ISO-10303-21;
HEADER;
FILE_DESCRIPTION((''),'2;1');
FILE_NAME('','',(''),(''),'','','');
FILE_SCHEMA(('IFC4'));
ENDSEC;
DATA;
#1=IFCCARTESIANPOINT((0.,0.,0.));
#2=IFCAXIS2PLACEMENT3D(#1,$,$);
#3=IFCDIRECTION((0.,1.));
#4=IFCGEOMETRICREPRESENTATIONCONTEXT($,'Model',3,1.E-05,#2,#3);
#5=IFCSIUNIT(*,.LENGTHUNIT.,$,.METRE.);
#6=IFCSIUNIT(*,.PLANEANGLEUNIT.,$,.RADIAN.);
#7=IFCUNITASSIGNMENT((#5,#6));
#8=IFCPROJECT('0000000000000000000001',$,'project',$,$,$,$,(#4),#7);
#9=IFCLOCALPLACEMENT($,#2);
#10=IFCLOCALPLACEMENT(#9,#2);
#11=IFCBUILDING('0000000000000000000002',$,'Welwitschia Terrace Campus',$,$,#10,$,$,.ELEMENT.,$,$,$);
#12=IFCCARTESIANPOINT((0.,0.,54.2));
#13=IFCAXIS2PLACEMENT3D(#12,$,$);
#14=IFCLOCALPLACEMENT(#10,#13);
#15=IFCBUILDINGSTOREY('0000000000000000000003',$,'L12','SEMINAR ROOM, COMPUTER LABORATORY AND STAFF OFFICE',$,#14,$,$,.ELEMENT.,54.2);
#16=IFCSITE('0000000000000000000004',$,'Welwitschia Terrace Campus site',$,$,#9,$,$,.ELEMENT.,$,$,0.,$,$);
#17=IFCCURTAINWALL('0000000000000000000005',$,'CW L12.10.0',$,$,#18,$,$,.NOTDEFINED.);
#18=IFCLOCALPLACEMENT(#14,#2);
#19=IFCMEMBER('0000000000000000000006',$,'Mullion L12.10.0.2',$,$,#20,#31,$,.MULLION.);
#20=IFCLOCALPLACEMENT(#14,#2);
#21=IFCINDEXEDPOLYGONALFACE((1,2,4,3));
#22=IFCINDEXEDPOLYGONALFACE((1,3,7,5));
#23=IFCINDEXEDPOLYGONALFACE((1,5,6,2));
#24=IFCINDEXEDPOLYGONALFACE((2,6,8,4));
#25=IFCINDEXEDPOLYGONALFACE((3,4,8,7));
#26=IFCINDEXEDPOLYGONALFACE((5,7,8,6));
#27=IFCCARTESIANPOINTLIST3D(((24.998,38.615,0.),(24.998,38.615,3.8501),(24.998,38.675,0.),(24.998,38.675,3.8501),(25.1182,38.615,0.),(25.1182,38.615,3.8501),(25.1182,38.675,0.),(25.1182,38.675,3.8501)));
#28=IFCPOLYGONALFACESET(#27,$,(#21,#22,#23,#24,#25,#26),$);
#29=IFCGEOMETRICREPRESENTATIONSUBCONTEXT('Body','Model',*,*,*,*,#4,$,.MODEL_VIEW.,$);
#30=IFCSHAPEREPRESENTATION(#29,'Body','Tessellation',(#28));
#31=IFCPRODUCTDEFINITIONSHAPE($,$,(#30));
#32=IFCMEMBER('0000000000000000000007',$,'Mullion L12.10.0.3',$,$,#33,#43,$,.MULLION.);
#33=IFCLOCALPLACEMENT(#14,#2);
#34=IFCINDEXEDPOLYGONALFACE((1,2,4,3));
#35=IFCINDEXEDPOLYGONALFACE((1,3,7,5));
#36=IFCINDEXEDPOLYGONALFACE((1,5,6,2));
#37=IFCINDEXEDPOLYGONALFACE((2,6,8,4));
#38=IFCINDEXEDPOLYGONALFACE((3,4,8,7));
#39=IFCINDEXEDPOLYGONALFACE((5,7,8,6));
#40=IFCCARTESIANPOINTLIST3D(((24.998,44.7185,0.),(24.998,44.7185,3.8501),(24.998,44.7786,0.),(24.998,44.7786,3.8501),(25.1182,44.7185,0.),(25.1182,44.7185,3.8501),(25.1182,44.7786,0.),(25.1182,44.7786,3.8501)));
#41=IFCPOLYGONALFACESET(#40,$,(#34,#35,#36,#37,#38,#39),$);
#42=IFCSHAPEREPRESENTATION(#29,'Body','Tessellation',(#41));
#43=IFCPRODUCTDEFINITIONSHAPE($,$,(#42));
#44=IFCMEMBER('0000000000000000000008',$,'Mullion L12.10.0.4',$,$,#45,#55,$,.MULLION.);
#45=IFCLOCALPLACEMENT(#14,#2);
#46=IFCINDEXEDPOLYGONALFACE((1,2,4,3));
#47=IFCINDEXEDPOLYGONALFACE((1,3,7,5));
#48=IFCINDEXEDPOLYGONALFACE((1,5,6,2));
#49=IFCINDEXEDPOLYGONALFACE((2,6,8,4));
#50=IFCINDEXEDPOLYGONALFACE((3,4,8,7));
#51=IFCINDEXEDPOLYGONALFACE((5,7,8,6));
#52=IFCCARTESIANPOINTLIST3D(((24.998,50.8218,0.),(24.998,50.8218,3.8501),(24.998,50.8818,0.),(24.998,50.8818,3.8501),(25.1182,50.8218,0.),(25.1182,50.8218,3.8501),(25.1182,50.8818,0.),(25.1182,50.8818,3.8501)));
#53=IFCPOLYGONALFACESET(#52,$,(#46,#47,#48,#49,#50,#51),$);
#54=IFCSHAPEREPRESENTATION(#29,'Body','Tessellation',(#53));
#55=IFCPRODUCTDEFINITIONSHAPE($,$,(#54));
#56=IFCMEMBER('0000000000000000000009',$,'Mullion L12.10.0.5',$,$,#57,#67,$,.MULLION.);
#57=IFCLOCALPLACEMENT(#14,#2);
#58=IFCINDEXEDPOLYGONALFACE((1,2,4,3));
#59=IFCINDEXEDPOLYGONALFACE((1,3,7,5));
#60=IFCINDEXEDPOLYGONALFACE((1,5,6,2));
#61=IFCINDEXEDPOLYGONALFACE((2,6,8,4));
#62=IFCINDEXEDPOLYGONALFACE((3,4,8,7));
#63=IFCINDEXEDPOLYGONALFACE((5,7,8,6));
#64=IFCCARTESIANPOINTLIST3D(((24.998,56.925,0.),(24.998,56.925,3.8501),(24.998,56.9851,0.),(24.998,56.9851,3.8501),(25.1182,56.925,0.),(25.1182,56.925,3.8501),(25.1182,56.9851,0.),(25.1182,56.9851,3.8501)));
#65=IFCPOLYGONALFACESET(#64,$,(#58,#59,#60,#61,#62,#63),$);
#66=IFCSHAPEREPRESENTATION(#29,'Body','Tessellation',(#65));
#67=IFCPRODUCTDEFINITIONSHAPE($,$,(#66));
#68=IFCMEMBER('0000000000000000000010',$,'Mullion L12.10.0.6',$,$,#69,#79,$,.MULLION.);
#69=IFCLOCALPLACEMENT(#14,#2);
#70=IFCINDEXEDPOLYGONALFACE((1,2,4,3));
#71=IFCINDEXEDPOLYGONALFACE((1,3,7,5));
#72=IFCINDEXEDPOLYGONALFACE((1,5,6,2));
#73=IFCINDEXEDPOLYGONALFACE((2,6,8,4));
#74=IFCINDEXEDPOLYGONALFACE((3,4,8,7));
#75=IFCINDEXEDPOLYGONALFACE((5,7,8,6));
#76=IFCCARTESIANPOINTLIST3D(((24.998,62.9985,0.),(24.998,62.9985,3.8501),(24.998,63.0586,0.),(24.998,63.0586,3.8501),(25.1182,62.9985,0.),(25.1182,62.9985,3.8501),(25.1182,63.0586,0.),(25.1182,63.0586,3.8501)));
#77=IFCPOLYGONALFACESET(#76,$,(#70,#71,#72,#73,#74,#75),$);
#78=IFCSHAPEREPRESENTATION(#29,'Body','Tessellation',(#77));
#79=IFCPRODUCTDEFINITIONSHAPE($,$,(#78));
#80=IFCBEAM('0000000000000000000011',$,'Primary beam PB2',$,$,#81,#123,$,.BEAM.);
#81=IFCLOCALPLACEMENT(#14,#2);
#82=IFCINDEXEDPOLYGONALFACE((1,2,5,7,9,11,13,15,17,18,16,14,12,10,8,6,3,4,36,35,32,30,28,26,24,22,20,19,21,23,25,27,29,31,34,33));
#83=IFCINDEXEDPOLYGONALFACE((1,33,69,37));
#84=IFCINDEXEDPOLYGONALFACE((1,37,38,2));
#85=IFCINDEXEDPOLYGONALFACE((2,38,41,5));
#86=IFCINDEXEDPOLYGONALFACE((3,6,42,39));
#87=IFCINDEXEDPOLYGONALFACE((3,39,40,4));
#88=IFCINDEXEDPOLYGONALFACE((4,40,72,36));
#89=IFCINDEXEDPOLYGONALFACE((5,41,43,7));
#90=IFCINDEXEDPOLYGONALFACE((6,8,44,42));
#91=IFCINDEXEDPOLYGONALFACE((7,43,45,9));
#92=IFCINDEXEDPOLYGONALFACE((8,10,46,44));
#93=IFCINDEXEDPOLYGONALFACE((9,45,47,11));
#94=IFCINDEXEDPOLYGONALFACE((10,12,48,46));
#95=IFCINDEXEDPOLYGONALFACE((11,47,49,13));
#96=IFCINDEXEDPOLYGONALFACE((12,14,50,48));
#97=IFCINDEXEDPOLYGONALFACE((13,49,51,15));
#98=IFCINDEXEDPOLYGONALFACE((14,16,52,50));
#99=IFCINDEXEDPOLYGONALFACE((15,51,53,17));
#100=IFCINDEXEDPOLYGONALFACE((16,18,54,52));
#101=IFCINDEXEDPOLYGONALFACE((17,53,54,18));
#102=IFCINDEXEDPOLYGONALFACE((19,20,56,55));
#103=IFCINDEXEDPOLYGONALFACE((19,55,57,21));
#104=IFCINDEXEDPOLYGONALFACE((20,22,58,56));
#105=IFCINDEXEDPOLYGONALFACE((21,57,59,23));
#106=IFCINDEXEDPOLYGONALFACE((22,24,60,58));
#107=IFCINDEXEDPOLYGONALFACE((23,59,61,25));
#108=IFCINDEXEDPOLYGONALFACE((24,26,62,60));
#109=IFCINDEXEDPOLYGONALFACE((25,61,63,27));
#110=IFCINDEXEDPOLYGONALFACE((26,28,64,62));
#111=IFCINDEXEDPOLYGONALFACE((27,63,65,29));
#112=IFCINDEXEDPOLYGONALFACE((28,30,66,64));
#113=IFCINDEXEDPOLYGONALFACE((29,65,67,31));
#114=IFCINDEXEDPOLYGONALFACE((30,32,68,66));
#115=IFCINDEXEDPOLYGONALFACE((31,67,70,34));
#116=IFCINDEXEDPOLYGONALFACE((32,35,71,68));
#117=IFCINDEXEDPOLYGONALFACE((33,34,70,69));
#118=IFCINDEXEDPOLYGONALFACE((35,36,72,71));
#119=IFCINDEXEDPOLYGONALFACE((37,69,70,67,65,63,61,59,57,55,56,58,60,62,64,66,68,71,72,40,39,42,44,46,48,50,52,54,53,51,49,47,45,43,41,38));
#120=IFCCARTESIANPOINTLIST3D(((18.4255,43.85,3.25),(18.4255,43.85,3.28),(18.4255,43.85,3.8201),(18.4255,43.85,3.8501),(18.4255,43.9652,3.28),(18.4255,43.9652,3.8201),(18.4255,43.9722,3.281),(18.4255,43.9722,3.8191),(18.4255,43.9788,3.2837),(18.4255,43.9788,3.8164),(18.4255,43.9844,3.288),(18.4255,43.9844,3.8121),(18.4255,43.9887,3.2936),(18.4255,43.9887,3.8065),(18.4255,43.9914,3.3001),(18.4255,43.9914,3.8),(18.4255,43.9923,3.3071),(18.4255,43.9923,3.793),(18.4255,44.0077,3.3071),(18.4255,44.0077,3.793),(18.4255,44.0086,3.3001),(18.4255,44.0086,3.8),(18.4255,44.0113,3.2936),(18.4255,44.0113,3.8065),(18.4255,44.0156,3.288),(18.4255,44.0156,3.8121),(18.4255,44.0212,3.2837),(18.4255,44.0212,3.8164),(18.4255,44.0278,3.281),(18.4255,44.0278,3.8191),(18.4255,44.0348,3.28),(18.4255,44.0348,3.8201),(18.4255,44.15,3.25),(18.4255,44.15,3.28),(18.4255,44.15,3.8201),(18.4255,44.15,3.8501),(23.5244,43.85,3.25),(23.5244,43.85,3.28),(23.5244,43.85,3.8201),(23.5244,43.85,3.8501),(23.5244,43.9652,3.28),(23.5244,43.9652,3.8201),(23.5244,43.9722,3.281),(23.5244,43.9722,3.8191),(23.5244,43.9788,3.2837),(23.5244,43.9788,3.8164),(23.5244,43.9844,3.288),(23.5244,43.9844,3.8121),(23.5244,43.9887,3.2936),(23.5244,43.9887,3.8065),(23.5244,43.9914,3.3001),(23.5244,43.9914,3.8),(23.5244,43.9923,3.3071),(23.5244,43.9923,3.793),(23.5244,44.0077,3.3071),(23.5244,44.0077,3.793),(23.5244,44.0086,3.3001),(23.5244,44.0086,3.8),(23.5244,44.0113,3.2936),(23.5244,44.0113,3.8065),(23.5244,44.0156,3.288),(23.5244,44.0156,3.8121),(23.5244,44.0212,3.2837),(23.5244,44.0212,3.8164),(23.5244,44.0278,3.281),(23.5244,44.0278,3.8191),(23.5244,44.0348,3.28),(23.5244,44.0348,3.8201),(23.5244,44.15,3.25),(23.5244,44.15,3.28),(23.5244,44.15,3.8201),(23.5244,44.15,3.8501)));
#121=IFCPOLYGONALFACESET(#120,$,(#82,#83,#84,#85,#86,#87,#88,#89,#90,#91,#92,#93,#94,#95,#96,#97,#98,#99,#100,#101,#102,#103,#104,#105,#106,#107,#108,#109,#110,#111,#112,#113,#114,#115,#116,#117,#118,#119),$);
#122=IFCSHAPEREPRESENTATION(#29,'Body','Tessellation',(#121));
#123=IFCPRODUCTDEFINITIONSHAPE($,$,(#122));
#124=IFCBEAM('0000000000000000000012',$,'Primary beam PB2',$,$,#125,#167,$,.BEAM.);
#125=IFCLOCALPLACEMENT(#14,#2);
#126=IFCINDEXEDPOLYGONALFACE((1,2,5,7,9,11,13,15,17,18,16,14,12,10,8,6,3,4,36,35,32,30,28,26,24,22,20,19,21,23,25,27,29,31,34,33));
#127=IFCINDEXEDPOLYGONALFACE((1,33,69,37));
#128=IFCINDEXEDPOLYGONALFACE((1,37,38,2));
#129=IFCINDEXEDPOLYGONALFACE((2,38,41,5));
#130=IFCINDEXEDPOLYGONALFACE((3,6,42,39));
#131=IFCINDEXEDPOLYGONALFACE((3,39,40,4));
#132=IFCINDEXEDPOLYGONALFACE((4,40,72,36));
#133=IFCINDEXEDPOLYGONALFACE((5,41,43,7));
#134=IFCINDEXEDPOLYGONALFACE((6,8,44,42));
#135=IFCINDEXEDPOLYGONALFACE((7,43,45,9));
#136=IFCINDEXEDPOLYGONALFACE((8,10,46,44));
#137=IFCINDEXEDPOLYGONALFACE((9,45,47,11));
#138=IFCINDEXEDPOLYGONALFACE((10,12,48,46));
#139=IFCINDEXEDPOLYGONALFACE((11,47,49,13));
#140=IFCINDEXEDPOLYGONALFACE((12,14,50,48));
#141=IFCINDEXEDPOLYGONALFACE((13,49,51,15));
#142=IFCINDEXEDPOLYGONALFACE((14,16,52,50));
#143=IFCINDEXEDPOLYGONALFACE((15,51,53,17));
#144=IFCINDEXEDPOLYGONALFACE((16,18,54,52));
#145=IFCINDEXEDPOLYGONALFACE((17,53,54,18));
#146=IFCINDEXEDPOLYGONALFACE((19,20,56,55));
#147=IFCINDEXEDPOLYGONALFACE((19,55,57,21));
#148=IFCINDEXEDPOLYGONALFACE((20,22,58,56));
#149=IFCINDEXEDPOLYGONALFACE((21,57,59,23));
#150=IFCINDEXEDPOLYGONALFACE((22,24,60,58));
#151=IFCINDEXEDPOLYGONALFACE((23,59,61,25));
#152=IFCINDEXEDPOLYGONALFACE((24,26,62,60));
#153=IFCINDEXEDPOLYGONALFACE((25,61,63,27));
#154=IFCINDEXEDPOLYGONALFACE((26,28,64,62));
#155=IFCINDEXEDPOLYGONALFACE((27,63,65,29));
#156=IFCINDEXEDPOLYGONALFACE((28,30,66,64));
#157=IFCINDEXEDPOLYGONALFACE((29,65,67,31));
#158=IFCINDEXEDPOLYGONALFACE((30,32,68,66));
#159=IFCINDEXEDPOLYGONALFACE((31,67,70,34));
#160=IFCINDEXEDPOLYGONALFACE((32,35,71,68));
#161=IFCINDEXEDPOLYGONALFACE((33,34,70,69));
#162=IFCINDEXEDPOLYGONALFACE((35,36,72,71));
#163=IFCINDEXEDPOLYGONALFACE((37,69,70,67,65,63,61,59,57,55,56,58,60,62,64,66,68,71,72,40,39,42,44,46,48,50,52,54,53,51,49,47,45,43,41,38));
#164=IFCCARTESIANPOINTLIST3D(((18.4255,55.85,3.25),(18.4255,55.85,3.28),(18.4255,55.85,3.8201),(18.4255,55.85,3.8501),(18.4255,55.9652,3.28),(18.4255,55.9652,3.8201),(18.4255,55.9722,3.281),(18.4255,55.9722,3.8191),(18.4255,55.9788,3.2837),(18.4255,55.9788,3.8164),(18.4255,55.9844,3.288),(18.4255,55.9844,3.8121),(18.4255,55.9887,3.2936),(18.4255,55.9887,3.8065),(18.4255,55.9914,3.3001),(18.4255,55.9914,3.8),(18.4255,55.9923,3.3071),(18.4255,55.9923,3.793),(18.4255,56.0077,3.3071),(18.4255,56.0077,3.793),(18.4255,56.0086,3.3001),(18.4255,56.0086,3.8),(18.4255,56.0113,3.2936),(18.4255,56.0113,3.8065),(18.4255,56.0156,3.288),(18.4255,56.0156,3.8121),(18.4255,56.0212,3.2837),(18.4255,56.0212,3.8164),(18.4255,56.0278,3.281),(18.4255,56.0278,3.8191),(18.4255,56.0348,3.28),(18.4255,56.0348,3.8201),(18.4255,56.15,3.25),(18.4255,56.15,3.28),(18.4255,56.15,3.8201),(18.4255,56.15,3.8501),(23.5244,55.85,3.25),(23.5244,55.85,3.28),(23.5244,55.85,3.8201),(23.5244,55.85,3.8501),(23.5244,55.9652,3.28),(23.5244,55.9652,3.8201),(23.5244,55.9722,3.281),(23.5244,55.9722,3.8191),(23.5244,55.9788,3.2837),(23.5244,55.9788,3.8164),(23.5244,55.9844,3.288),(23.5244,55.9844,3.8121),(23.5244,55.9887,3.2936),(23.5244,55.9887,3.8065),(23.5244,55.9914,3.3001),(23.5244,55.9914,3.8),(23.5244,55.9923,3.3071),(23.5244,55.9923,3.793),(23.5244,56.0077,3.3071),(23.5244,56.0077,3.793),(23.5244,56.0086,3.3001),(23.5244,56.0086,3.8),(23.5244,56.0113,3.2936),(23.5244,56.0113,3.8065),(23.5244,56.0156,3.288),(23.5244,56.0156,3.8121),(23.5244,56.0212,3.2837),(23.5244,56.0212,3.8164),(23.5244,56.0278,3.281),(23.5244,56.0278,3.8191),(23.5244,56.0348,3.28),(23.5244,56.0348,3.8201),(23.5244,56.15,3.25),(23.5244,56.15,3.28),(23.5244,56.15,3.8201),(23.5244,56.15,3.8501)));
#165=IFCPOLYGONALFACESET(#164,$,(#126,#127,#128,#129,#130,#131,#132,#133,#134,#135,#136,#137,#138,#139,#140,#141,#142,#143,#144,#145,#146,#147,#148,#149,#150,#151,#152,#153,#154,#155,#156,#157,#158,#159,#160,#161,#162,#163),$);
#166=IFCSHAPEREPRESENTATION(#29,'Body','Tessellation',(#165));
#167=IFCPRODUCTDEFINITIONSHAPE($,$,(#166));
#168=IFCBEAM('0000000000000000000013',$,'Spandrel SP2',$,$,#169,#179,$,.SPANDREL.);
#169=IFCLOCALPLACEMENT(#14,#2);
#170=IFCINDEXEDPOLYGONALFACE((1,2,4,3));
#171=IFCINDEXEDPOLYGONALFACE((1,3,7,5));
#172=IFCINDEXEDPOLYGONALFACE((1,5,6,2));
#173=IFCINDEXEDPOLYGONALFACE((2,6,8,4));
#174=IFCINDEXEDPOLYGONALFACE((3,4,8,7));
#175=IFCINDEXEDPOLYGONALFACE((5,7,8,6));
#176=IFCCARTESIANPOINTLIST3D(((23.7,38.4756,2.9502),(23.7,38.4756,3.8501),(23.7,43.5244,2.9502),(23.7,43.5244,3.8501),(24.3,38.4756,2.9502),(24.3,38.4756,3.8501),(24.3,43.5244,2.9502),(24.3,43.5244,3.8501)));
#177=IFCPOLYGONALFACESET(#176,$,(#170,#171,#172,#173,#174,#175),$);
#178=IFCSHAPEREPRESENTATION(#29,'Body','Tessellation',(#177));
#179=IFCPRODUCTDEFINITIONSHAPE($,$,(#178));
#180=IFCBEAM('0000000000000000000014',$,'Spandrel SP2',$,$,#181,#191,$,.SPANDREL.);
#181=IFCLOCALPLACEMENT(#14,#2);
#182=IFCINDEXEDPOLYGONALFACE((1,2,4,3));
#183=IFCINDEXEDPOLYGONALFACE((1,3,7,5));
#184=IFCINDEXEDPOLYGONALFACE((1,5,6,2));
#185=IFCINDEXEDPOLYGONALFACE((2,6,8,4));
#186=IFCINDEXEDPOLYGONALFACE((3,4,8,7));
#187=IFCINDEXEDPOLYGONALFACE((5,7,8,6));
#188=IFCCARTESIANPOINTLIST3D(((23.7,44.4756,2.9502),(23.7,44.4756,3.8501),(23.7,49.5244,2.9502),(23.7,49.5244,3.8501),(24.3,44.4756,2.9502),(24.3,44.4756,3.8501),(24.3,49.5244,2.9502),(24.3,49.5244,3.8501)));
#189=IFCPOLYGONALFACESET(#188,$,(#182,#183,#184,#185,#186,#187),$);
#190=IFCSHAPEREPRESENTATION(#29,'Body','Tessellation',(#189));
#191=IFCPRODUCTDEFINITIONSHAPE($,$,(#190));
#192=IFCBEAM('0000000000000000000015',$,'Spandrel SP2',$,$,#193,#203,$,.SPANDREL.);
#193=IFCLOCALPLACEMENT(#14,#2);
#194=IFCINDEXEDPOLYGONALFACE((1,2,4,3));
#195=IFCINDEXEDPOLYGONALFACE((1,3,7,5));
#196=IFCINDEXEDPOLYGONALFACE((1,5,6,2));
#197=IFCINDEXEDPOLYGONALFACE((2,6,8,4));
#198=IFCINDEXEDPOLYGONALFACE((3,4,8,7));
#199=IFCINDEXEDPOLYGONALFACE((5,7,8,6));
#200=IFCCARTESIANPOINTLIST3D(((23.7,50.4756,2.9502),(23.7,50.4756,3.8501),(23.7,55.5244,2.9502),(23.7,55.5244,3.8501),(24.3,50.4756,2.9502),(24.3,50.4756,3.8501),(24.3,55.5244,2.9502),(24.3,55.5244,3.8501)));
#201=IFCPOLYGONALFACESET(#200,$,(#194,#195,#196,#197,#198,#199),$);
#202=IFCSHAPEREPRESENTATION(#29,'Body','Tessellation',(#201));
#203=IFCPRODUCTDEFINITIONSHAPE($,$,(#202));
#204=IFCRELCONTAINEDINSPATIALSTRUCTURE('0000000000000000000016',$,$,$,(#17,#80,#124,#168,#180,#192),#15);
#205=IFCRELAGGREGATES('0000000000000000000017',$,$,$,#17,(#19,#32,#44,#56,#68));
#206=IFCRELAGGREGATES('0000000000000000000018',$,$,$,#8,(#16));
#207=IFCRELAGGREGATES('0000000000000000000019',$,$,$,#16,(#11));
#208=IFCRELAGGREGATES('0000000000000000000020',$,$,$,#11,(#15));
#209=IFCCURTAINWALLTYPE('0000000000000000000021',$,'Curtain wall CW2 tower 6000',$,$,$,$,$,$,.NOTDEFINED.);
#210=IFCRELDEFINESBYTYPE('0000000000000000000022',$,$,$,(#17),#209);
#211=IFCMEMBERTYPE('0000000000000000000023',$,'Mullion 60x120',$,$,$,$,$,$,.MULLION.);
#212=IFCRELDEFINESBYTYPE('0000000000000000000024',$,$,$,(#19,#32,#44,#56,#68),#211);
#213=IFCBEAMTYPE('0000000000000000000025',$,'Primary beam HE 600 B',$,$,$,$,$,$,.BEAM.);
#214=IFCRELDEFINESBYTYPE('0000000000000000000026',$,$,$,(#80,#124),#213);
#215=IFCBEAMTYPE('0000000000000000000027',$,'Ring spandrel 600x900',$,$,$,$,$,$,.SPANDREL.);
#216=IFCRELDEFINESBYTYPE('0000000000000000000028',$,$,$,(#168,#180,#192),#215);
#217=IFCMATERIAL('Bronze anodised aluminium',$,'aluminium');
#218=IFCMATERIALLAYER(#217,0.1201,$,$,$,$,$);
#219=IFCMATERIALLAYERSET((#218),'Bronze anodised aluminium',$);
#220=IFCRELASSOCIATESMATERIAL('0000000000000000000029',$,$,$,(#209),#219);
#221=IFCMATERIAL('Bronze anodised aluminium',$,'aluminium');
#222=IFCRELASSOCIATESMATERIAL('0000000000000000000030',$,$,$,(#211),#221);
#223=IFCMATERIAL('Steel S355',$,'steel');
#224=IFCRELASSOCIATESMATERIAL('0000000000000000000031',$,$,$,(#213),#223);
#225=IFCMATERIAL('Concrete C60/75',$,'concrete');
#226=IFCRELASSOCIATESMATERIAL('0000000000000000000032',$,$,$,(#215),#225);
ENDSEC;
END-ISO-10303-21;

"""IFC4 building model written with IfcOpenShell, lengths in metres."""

from ifc_helpers import new_model, si_unit, direction, frame, origin, origin_2d, place, context, subcontext, project, spatial, rectangle, i_section, extrude, material, layer, layer_set, material_profile, profile_set, type_object, element, aggregate, save


model = new_model("IFC4")

# Units and contexts
model_context = context("Model", 3, precision=1e-05, world=origin(), true_north=direction((0.0, 1.0)))
body_context = subcontext(model_context, "Body", "Model", "MODEL_VIEW")
ifc_project = project(units=[si_unit("LENGTHUNIT", "METRE"), si_unit("PLANEANGLEUNIT", "RADIAN")], contexts=[model_context])

# Site, building, storey
site_placement = place(None, origin())
site = spatial("IfcSite", under=ifc_project, at=site_placement, Name="Welwitschia Terrace Campus site", CompositionType="ELEMENT", RefElevation=0.0)
building_placement = place(site_placement, origin())
building = spatial("IfcBuilding", under=site, at=building_placement, Name="Welwitschia Terrace Campus", CompositionType="ELEMENT")
storey_placement = place(building_placement, frame((0.0, 0.0, 54.2)))
storey = spatial("IfcBuildingStorey", under=building, at=storey_placement, Name="L12", Description="SEMINAR ROOM, COMPUTER LABORATORY AND STAFF OFFICE", CompositionType="ELEMENT", Elevation=54.2)

# Curtain wall, members
ifc_material_1 = material(Name="Bronze anodised aluminium", Category="aluminium")
ifc_layer_1 = layer(ifc_material_1, 0.1201)
ifc_layer_set_1 = layer_set([ifc_layer_1], Name="Bronze anodised aluminium")
curtain_wall_type = type_object("IfcCurtainWallType", Name="Curtain wall CW2 tower 6000", PredefinedType="NOTDEFINED", material=ifc_layer_set_1)
curtain_wall_placement = place(storey_placement, origin())
curtain_wall = element("IfcCurtainWall", 1, at=curtain_wall_placement, inside=storey, type_object=curtain_wall_type, Name="CW L12.10.0", PredefinedType="NOTDEFINED")
ifc_material_2 = material(Name="Bronze anodised aluminium", Category="aluminium")
ifc_material_profile_1 = material_profile(ifc_material_2, rectangle(XDim=0.1201, YDim=0.0601, at=origin_2d()))
ifc_profile_set_1 = profile_set([ifc_material_profile_1], Name="Bronze anodised aluminium")
member_type = type_object("IfcMemberType", Name="Mullion 60x120", PredefinedType="MULLION", material=ifc_profile_set_1)
member_1_placement = place(storey_placement, frame((25.0581, 38.645, 0.0), z_axis=(0.0, 0.0, 1.0), x_axis=(-1.0, 0.0, 0.0)))
member_1 = element("IfcMember", 2, at=member_1_placement, type_object=member_type, Name="Mullion L12.10.0.2", PredefinedType="MULLION", context=body_context, shape_type="SweptSolid", body=[
    extrude(rectangle(XDim=0.1201, YDim=0.0601, at=origin_2d()), origin(), (0.0, 0.0, 1.0), 3.8501),
])
member_2_placement = place(storey_placement, frame((25.0581, 44.7485, 0.0), z_axis=(0.0, 0.0, 1.0), x_axis=(-1.0, 0.0, 0.0)))
member_2 = element("IfcMember", 3, at=member_2_placement, type_object=member_type, Name="Mullion L12.10.0.3", PredefinedType="MULLION", context=body_context, shape_type="SweptSolid", body=[
    extrude(rectangle(XDim=0.1201, YDim=0.0601, at=origin_2d()), origin(), (0.0, 0.0, 1.0), 3.8501),
])
member_3_placement = place(storey_placement, frame((25.0581, 50.8518, 0.0), z_axis=(0.0, 0.0, 1.0), x_axis=(-1.0, 0.0, 0.0)))
member_3 = element("IfcMember", 4, at=member_3_placement, type_object=member_type, Name="Mullion L12.10.0.4", PredefinedType="MULLION", context=body_context, shape_type="SweptSolid", body=[
    extrude(rectangle(XDim=0.1201, YDim=0.0601, at=origin_2d()), origin(), (0.0, 0.0, 1.0), 3.8501),
])
member_4_placement = place(storey_placement, frame((25.0581, 56.9551, 0.0), z_axis=(0.0, 0.0, 1.0), x_axis=(-1.0, 0.0, 0.0)))
member_4 = element("IfcMember", 5, at=member_4_placement, type_object=member_type, Name="Mullion L12.10.0.5", PredefinedType="MULLION", context=body_context, shape_type="SweptSolid", body=[
    extrude(rectangle(XDim=0.1201, YDim=0.0601, at=origin_2d()), origin(), (0.0, 0.0, 1.0), 3.8501),
])
member_5_placement = place(storey_placement, frame((25.0581, 63.0286, 0.0), z_axis=(0.0, 0.0, 1.0), x_axis=(-1.0, 0.0, 0.0)))
member_5 = element("IfcMember", 6, at=member_5_placement, type_object=member_type, Name="Mullion L12.10.0.6", PredefinedType="MULLION", context=body_context, shape_type="SweptSolid", body=[
    extrude(rectangle(XDim=0.1201, YDim=0.0601, at=origin_2d()), origin(), (0.0, 0.0, 1.0), 3.8501),
])

# Beams
ifc_material_3 = material(Name="Steel S355", Category="steel")
ifc_material_profile_2 = material_profile(ifc_material_3, i_section(OverallWidth=0.3, OverallDepth=0.6001, WebThickness=0.0154, FlangeThickness=0.03, FilletRadius=0.0271, at=origin_2d()))
ifc_profile_set_2 = profile_set([ifc_material_profile_2], Name="Steel S355")
beam_type_1 = type_object("IfcBeamType", Name="Primary beam HE 600 B", PredefinedType="BEAM", material=ifc_profile_set_2)
for number, where, z_axis, x_axis, name in (
    (7, (23.5244, 44.0, 3.55), (-1.0, 0.0, 0.0), (0.0, -1.0, 0.0), "Primary beam PB2"),
    (8, (23.5244, 56.0, 3.55), (-1.0, 0.0, 0.0), (0.0, -1.0, 0.0), "Primary beam PB2"),
):
    element("IfcBeam", number, at=place(storey_placement, frame(where, z_axis=z_axis, x_axis=x_axis)), inside=storey, type_object=beam_type_1, Name=name, PredefinedType="BEAM", context=body_context, shape_type="SweptSolid", body=[
        extrude(i_section(OverallWidth=0.3, OverallDepth=0.6001, WebThickness=0.0154, FlangeThickness=0.03, FilletRadius=0.0271, at=origin_2d()), origin(), (0.0, 0.0, 1.0), 5.0989),
    ])
ifc_material_4 = material(Name="Concrete C60/75", Category="concrete")
ifc_material_profile_3 = material_profile(ifc_material_4, rectangle(XDim=0.6001, YDim=0.8999, at=origin_2d()))
ifc_profile_set_3 = profile_set([ifc_material_profile_3], Name="Concrete C60/75")
beam_type_2 = type_object("IfcBeamType", Name="Ring spandrel 600x900", PredefinedType="SPANDREL", material=ifc_profile_set_3)
for number, where, z_axis, x_axis, name in (
    (9, (24.0, 38.4756, 3.4001), (0.0, 1.0, 0.0), (-1.0, 0.0, 0.0), "Spandrel SP2"),
    (10, (24.0, 44.4756, 3.4001), (0.0, 1.0, 0.0), (-1.0, 0.0, 0.0), "Spandrel SP2"),
    (11, (24.0, 50.4756, 3.4001), (0.0, 1.0, 0.0), (-1.0, 0.0, 0.0), "Spandrel SP2"),
):
    element("IfcBeam", number, at=place(storey_placement, frame(where, z_axis=z_axis, x_axis=x_axis)), inside=storey, type_object=beam_type_2, Name=name, PredefinedType="SPANDREL", context=body_context, shape_type="SweptSolid", body=[
        extrude(rectangle(XDim=0.6001, YDim=0.8999, at=origin_2d()), origin(), (0.0, 0.0, 1.0), 5.0488),
    ])

aggregate(curtain_wall, [member_1, member_2, member_3, member_4, member_5])

save(model, "model.ifc")
